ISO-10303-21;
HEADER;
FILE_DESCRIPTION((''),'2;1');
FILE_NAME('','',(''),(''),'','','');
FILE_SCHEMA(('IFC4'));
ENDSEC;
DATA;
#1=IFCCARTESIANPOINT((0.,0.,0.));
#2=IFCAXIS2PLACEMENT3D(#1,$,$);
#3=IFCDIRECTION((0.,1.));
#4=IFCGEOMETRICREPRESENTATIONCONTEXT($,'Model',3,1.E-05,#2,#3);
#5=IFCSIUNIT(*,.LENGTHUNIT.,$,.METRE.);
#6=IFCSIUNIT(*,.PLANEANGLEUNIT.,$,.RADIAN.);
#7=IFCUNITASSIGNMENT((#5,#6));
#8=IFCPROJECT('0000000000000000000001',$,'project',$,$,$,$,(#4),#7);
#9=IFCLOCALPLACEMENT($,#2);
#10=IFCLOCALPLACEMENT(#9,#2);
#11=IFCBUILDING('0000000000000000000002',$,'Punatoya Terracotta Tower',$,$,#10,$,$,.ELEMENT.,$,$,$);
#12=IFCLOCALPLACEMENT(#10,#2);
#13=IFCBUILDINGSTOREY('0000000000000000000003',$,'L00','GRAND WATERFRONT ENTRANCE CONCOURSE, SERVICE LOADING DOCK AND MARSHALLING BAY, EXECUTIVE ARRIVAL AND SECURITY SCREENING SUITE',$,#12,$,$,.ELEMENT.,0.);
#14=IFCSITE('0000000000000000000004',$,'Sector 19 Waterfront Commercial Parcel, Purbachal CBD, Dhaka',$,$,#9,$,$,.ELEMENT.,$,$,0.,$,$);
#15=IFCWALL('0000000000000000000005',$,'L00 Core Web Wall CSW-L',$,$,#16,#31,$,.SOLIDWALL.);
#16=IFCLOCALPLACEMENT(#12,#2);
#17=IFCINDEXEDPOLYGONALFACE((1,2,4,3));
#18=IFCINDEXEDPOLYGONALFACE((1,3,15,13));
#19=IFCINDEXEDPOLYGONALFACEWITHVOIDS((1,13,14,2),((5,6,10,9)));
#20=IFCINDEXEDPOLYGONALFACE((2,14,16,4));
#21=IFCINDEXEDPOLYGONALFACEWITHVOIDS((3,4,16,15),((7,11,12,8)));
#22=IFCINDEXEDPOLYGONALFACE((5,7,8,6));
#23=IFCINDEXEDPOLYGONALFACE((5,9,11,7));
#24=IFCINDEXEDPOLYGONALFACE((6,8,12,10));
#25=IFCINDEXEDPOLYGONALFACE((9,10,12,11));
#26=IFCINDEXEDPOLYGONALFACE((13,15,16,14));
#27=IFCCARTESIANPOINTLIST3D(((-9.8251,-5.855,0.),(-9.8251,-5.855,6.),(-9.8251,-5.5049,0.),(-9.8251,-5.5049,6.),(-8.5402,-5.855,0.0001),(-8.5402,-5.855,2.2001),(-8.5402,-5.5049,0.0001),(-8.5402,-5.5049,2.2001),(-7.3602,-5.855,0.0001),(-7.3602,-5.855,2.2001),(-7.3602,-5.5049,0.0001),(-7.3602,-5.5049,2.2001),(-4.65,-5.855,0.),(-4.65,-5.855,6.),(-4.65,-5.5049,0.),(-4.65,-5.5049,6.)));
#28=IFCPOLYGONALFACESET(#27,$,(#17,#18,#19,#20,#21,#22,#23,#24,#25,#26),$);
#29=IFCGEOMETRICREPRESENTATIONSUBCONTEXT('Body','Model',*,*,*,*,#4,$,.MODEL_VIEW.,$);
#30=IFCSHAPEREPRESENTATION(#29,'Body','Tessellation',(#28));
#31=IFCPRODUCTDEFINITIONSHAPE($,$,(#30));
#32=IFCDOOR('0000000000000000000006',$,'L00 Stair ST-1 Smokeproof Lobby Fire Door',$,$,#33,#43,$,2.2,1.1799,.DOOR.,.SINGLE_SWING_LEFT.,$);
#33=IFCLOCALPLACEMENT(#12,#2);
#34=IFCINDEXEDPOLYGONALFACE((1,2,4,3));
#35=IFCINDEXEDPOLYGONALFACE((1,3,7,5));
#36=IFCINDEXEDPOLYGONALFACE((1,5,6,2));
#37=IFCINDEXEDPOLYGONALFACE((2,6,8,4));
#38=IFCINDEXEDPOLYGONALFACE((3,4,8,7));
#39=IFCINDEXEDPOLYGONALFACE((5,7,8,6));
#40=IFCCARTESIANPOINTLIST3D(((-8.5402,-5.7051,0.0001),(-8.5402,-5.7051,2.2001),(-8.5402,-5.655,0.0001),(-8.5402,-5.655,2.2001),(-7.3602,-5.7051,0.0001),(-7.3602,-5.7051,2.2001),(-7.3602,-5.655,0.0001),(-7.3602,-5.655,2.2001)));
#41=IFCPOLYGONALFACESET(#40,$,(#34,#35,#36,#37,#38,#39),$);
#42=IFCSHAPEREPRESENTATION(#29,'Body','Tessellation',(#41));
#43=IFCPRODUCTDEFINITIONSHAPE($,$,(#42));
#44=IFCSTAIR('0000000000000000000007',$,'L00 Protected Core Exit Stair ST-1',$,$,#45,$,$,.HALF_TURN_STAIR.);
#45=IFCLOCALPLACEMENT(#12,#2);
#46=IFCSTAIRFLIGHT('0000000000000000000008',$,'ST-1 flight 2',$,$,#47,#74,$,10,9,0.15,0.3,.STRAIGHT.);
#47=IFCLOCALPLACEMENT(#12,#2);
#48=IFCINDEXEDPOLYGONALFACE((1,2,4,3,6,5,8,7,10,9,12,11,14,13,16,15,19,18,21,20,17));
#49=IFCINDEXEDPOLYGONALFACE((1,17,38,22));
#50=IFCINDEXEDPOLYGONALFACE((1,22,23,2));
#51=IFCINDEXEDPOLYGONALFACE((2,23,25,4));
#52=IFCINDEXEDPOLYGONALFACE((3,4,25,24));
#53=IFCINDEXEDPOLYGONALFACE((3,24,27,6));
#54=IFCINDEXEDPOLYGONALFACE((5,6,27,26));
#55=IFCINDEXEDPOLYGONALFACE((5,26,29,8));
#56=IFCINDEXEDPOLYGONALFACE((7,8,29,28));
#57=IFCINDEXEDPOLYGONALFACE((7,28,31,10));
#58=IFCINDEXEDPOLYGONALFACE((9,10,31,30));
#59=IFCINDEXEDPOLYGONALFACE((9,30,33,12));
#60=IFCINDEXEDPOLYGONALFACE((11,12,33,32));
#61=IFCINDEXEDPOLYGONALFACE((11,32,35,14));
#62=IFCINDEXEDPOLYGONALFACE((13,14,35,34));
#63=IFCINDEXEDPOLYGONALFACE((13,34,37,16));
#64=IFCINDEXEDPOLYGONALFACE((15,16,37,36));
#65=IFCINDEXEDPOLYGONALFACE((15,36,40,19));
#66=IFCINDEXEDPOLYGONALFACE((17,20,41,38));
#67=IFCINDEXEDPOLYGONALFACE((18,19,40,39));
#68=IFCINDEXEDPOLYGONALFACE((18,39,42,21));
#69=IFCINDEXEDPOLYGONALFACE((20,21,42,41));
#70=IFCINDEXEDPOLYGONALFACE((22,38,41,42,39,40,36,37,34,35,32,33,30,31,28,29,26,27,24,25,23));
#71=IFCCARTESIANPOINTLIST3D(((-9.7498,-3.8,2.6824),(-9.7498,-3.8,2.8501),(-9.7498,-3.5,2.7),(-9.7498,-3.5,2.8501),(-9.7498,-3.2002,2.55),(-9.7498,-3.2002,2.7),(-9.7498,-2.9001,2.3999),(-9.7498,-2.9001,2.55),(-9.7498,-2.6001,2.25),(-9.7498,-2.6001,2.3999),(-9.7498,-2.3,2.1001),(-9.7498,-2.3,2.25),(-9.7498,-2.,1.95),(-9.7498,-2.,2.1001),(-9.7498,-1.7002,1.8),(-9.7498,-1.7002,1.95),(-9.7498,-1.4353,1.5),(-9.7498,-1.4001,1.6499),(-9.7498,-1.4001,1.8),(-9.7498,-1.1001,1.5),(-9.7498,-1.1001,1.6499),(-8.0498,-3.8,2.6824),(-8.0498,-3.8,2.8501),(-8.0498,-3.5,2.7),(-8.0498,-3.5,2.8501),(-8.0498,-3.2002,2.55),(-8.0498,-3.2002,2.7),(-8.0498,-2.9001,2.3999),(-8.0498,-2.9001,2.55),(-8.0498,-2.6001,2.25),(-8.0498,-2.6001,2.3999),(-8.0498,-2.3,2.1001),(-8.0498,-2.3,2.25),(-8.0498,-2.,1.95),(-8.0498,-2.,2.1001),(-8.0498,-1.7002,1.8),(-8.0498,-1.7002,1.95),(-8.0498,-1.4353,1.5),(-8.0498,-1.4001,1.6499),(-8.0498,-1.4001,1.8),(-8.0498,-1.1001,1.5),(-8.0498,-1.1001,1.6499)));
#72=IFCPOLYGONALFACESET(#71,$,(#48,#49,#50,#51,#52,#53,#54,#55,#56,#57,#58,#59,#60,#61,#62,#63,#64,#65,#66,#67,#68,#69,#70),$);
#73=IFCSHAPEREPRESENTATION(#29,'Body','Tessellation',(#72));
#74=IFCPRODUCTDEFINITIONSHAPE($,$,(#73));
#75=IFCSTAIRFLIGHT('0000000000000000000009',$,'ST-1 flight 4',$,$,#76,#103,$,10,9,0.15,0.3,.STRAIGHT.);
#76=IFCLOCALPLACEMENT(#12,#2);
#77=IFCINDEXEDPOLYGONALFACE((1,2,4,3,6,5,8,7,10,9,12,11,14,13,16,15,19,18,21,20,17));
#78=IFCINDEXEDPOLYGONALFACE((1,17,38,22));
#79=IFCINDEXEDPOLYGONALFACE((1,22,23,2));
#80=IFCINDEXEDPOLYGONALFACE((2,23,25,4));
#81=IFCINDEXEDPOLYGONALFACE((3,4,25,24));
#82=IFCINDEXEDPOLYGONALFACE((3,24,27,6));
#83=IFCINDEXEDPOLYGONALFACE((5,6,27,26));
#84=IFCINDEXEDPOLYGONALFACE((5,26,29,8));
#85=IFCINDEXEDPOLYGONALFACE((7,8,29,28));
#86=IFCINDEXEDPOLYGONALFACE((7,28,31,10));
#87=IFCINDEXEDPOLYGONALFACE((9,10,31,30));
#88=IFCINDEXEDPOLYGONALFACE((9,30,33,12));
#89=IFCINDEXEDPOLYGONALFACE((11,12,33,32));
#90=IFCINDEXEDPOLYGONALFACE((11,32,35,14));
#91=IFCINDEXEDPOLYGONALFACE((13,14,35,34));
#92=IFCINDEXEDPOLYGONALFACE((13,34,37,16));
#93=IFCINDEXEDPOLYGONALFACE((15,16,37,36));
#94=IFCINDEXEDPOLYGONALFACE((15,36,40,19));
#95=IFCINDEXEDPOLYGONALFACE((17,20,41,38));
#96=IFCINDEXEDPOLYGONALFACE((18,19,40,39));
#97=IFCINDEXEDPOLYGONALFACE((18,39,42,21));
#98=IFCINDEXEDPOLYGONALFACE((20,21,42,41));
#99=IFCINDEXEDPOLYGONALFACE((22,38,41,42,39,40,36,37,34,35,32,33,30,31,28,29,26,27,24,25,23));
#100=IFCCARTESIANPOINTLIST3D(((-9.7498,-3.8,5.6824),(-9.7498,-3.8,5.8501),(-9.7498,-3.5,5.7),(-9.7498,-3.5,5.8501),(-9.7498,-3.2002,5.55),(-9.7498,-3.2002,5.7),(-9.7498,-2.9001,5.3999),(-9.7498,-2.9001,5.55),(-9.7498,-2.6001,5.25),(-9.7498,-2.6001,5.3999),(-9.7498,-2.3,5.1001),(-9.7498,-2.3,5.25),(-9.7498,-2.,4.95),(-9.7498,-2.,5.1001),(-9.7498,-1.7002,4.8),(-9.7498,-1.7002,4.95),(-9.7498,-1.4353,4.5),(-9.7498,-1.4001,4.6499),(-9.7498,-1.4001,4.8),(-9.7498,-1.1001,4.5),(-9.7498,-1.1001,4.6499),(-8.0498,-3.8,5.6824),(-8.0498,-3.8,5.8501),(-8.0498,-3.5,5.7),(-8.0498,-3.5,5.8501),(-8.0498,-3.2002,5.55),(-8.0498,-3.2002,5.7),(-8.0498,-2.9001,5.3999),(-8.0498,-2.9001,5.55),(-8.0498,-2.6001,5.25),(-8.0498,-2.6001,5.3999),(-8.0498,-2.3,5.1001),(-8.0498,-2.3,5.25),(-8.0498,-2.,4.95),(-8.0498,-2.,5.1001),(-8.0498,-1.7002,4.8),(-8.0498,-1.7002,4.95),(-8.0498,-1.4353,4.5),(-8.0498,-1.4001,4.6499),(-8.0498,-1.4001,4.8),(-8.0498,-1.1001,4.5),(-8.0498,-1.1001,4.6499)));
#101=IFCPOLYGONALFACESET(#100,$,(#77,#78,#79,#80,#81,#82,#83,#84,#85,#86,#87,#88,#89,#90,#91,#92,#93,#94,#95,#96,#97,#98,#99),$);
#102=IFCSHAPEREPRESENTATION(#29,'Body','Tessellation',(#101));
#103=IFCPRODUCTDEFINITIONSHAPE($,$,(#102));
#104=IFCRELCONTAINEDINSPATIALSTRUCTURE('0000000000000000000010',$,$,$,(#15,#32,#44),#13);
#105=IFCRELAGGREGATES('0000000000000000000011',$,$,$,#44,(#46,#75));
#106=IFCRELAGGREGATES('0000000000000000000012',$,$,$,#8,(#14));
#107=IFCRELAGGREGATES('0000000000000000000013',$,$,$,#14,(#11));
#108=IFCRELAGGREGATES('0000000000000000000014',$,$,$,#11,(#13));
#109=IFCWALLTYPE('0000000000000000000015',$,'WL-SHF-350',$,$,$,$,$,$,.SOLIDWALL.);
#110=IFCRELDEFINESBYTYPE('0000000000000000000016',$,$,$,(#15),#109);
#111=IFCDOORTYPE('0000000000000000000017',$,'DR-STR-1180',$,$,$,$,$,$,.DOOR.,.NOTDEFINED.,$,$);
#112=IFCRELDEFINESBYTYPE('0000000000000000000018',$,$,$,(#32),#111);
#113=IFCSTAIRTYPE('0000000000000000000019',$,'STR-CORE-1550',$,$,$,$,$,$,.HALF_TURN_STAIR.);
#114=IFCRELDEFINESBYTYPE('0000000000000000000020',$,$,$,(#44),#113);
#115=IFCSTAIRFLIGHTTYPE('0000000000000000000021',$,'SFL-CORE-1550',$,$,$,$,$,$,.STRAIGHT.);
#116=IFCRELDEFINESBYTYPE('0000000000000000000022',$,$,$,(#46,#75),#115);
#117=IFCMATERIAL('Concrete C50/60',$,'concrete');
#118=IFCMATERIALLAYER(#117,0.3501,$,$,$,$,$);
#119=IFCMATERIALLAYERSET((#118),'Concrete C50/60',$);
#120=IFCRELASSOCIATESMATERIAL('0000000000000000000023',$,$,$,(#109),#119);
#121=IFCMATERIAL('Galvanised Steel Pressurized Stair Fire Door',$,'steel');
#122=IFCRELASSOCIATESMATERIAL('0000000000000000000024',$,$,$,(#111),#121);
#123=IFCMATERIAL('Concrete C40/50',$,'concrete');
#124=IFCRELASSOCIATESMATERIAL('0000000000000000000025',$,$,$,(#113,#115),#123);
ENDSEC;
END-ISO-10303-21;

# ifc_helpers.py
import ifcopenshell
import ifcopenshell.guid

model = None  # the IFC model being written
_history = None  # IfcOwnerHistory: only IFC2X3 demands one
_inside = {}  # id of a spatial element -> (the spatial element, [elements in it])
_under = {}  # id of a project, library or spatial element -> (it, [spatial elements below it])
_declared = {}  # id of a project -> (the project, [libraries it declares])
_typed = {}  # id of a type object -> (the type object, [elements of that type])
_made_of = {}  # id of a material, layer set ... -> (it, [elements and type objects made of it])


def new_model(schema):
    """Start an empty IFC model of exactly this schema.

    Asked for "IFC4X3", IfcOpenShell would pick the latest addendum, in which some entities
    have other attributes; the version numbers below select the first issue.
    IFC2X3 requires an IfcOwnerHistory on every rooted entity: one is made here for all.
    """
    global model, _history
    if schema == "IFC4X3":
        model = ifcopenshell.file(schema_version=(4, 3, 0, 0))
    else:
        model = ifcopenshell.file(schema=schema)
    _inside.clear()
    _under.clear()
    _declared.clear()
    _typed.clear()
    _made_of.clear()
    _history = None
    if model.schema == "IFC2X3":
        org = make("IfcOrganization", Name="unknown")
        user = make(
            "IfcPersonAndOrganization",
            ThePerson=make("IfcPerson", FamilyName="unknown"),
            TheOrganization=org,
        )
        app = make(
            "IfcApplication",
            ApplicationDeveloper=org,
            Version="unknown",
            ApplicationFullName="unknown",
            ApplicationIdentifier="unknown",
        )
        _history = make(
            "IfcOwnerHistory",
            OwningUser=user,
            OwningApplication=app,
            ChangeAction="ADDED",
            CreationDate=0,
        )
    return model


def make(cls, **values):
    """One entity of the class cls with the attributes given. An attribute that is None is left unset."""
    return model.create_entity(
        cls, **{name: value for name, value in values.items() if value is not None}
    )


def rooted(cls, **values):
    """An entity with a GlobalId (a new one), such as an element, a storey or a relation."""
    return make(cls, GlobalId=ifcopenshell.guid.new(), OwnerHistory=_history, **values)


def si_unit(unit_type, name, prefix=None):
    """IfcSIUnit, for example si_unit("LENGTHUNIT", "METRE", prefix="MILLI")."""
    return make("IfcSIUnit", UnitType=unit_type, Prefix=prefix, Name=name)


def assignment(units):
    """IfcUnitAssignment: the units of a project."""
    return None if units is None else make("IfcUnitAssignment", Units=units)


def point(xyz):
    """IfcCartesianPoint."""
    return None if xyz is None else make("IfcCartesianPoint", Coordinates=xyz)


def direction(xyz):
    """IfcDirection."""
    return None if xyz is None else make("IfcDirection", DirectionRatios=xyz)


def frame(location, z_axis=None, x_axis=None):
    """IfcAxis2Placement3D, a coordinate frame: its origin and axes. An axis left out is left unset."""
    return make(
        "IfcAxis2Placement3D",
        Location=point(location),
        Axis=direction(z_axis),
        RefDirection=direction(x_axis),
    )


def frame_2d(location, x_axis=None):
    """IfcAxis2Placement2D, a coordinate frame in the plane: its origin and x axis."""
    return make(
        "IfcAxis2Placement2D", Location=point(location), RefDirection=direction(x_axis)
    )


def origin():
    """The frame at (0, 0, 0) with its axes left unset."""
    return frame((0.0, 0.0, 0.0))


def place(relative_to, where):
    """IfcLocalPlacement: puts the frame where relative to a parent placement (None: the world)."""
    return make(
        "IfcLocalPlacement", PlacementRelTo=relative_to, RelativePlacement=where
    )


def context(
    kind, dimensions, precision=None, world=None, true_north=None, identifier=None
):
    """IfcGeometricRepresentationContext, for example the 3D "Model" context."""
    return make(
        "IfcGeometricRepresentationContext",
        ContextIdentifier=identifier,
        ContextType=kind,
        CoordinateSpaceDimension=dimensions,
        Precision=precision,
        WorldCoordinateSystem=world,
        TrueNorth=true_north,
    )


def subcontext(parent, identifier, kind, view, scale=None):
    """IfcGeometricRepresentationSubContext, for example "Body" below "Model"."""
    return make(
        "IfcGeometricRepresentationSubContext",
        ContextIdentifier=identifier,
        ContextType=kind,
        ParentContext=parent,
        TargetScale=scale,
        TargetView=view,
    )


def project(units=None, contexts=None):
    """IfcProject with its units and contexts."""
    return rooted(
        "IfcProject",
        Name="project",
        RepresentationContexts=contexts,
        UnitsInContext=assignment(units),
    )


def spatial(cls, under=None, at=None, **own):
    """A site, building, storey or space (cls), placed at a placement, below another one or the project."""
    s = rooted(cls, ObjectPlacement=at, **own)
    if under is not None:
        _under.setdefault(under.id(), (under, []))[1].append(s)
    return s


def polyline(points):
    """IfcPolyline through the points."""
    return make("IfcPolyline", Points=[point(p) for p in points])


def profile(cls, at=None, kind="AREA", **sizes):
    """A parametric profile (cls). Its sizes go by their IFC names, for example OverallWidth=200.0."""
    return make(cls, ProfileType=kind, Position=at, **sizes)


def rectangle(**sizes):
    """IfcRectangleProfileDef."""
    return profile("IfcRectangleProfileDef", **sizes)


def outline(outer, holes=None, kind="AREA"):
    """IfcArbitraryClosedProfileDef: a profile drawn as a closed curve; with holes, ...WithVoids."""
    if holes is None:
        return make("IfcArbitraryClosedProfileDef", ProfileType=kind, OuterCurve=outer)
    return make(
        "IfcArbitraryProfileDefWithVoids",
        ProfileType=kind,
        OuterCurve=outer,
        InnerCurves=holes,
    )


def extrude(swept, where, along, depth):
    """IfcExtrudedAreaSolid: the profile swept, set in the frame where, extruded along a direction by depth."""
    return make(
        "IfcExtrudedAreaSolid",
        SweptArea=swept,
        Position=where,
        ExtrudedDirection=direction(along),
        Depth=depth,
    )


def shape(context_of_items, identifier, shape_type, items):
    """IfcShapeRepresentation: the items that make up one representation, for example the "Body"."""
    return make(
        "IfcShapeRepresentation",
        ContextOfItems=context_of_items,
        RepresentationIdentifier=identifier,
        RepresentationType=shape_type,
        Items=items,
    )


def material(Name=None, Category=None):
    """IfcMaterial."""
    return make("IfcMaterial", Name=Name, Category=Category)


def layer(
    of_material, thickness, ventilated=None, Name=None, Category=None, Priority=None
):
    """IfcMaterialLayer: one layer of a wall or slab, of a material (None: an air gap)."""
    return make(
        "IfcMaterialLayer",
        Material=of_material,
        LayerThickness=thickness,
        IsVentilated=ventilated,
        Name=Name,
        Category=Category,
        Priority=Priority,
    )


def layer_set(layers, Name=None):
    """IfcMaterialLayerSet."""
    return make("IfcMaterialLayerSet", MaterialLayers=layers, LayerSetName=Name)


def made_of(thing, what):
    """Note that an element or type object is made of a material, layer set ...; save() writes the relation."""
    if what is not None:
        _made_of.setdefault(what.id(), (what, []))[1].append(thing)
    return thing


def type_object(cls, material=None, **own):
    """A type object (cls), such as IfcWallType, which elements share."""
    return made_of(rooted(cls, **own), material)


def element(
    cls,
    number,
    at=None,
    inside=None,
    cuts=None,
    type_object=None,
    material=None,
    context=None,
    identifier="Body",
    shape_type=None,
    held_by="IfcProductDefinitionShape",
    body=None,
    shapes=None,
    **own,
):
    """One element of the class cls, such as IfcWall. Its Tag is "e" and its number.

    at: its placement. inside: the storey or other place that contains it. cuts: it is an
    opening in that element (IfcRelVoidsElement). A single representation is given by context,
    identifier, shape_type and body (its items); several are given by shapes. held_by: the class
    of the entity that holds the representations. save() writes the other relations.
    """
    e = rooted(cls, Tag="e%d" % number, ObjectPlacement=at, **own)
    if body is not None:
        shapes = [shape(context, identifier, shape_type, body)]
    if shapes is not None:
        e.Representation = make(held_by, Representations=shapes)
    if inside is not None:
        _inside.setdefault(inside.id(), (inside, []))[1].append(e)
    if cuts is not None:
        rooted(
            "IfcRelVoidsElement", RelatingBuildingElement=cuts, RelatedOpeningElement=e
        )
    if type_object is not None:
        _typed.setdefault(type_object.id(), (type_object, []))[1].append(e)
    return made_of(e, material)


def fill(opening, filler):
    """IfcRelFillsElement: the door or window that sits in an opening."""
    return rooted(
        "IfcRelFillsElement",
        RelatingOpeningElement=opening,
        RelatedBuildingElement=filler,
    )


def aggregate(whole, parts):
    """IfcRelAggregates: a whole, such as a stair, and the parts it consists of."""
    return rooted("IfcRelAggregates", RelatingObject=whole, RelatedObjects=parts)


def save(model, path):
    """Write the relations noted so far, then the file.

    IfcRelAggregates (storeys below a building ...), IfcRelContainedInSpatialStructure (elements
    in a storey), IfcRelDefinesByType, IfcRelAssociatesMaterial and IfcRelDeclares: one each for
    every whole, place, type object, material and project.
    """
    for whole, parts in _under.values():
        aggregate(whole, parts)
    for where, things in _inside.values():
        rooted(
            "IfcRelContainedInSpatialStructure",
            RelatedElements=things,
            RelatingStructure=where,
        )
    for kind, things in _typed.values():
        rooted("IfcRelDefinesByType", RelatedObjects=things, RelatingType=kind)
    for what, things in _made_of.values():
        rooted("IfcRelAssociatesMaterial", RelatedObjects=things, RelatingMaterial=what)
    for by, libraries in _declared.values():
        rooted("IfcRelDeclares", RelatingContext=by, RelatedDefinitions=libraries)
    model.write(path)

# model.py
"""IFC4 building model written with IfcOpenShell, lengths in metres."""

from ifc_helpers import new_model, si_unit, direction, frame, frame_2d, origin, place, context, subcontext, project, spatial, polyline, rectangle, outline, extrude, material, layer, layer_set, type_object, element, fill, aggregate, save


model = new_model("IFC4")

# Units and contexts
model_context = context("Model", 3, precision=1e-05, world=origin(), true_north=direction((0.0, 1.0)))
body_context = subcontext(model_context, "Body", "Model", "MODEL_VIEW")
ifc_project = project(units=[si_unit("LENGTHUNIT", "METRE"), si_unit("PLANEANGLEUNIT", "RADIAN")], contexts=[model_context])

# Site, building, storey
site_placement = place(None, origin())
site = spatial("IfcSite", under=ifc_project, at=site_placement, Name="Sector 19 Waterfront Commercial Parcel, Purbachal CBD, Dhaka", CompositionType="ELEMENT", RefElevation=0.0)
building_placement = place(site_placement, origin())
building = spatial("IfcBuilding", under=site, at=building_placement, Name="Punatoya Terracotta Tower", CompositionType="ELEMENT")
storey_placement = place(building_placement, origin())
storey = spatial("IfcBuildingStorey", under=building, at=storey_placement, Name="L00", Description="GRAND WATERFRONT ENTRANCE CONCOURSE, SERVICE LOADING DOCK AND MARSHALLING BAY, EXECUTIVE ARRIVAL AND SECURITY SCREENING SUITE", CompositionType="ELEMENT", Elevation=0.0)

# Wall, opening, door
ifc_material_1 = material(Name="Concrete C50/60", Category="concrete")
ifc_layer = layer(ifc_material_1, 0.3501)
ifc_layer_set = layer_set([ifc_layer], Name="Concrete C50/60")
wall_type = type_object("IfcWallType", Name="WL-SHF-350", PredefinedType="SOLIDWALL", material=ifc_layer_set)
wall_placement = place(storey_placement, frame((-9.825, -5.6799, 0.0), z_axis=(0.0, 0.0, 1.0), x_axis=(1.0, 0.0, 0.0)))
wall = element("IfcWall", 1, at=wall_placement, inside=storey, type_object=wall_type, Name="L00 Core Web Wall CSW-L", PredefinedType="SOLIDWALL", context=body_context, shape_type="SweptSolid", body=[
    extrude(rectangle(XDim=5.175, YDim=0.3501, at=frame_2d((2.5874, 0.0))), origin(), (0.0, 0.0, 1.0), 6.0),
])
opening_placement = place(wall_placement, frame((1.2849, 0.0, 0.0)))
opening = element("IfcOpeningElement", 2, at=opening_placement, cuts=wall, PredefinedType="OPENING", context=body_context, shape_type="SweptSolid", body=[
    extrude(rectangle(XDim=1.1799, YDim=2.2, at=frame_2d((0.5898, 1.1001))), frame((0.0, 0.1851, 0.0), z_axis=(0.0, -1.0, 0.0), x_axis=(1.0, 0.0, 0.0)), (0.0, 0.0, 1.0), 0.3701),
])
ifc_material_2 = material(Name="Galvanised Steel Pressurized Stair Fire Door", Category="steel")
door_type = type_object("IfcDoorType", Name="DR-STR-1180", OperationType="NOTDEFINED", PredefinedType="DOOR", material=ifc_material_2)
door_placement = place(opening_placement, origin())
door = element("IfcDoor", 3, at=door_placement, inside=storey, type_object=door_type, Name="L00 Stair ST-1 Smokeproof Lobby Fire Door", OperationType="SINGLE_SWING_LEFT", OverallHeight=2.2, OverallWidth=1.1799, PredefinedType="DOOR", context=body_context, shape_type="SweptSolid", body=[
    extrude(rectangle(XDim=1.1799, YDim=2.2, at=frame_2d((0.5898, 1.1001))), frame((0.0, 0.0249, 0.0), z_axis=(0.0, -1.0, 0.0), x_axis=(1.0, 0.0, 0.0)), (0.0, 0.0, 1.0), 0.05),
])
fill(opening, door)

# Stair, stair flights
ifc_material_3 = material(Name="Concrete C40/50", Category="concrete")
stair_type = type_object("IfcStairType", Name="STR-CORE-1550", PredefinedType="HALF_TURN_STAIR", material=ifc_material_3)
stair_placement = place(storey_placement, origin())
stair = element("IfcStair", 4, at=stair_placement, inside=storey, type_object=stair_type, Name="L00 Protected Core Exit Stair ST-1", PredefinedType="HALF_TURN_STAIR")
stair_flight_type = type_object("IfcStairFlightType", Name="SFL-CORE-1550", PredefinedType="STRAIGHT", material=ifc_material_3)
stair_flight_1_placement = place(storey_placement, frame((-8.8999, -1.1001, 1.5), z_axis=(0.0, 0.0, 1.0), x_axis=(0.0, -1.0, 0.0)))
stair_flight_1 = element("IfcStairFlight", 5, at=stair_flight_1_placement, type_object=stair_flight_type, Name="ST-1 flight 2", NumberOfRisers=10, NumberOfTreads=9, PredefinedType="STRAIGHT", RiserHeight=0.15, TreadLength=0.3, context=body_context, shape_type="SweptSolid", body=[
    extrude(outline(polyline([(0.0, 0.0), (0.0, 0.1499), (0.3, 0.1499), (0.3, 0.3), (0.6001, 0.3), (0.6001, 0.45), (0.8999, 0.45), (0.8999, 0.6001), (1.2, 0.6001), (1.2, 0.75), (1.5, 0.75), (1.5, 0.8999), (1.8, 0.8999), (1.8, 1.05), (2.1001, 1.05), (2.1001, 1.2), (2.3999, 1.2), (2.3999, 1.3501), (2.7, 1.3501), (2.7, 1.5), (2.7, 1.1824), (0.3352, 0.0), (0.0, 0.0)])), frame((0.0, 0.8501, 0.0), z_axis=(0.0, -1.0, 0.0), x_axis=(1.0, 0.0, 0.0)), (0.0, 0.0, 1.0), 1.7),
])
stair_flight_2_placement = place(storey_placement, frame((-8.8999, -1.1001, 4.5), z_axis=(0.0, 0.0, 1.0), x_axis=(0.0, -1.0, 0.0)))
stair_flight_2 = element("IfcStairFlight", 6, at=stair_flight_2_placement, type_object=stair_flight_type, Name="ST-1 flight 4", NumberOfRisers=10, NumberOfTreads=9, PredefinedType="STRAIGHT", RiserHeight=0.15, TreadLength=0.3, context=body_context, shape_type="SweptSolid", body=[
    extrude(outline(polyline([(0.0, 0.0), (0.0, 0.1499), (0.3, 0.1499), (0.3, 0.3), (0.6001, 0.3), (0.6001, 0.45), (0.8999, 0.45), (0.8999, 0.6001), (1.2, 0.6001), (1.2, 0.75), (1.5, 0.75), (1.5, 0.8999), (1.8, 0.8999), (1.8, 1.05), (2.1001, 1.05), (2.1001, 1.2), (2.3999, 1.2), (2.3999, 1.3501), (2.7, 1.3501), (2.7, 1.5), (2.7, 1.1824), (0.3352, 0.0), (0.0, 0.0)])), frame((0.0, 0.8501, 0.0), z_axis=(0.0, -1.0, 0.0), x_axis=(1.0, 0.0, 0.0)), (0.0, 0.0, 1.0), 1.7),
])
aggregate(stair, [stair_flight_1, stair_flight_2])

save(model, "model.ifc")
